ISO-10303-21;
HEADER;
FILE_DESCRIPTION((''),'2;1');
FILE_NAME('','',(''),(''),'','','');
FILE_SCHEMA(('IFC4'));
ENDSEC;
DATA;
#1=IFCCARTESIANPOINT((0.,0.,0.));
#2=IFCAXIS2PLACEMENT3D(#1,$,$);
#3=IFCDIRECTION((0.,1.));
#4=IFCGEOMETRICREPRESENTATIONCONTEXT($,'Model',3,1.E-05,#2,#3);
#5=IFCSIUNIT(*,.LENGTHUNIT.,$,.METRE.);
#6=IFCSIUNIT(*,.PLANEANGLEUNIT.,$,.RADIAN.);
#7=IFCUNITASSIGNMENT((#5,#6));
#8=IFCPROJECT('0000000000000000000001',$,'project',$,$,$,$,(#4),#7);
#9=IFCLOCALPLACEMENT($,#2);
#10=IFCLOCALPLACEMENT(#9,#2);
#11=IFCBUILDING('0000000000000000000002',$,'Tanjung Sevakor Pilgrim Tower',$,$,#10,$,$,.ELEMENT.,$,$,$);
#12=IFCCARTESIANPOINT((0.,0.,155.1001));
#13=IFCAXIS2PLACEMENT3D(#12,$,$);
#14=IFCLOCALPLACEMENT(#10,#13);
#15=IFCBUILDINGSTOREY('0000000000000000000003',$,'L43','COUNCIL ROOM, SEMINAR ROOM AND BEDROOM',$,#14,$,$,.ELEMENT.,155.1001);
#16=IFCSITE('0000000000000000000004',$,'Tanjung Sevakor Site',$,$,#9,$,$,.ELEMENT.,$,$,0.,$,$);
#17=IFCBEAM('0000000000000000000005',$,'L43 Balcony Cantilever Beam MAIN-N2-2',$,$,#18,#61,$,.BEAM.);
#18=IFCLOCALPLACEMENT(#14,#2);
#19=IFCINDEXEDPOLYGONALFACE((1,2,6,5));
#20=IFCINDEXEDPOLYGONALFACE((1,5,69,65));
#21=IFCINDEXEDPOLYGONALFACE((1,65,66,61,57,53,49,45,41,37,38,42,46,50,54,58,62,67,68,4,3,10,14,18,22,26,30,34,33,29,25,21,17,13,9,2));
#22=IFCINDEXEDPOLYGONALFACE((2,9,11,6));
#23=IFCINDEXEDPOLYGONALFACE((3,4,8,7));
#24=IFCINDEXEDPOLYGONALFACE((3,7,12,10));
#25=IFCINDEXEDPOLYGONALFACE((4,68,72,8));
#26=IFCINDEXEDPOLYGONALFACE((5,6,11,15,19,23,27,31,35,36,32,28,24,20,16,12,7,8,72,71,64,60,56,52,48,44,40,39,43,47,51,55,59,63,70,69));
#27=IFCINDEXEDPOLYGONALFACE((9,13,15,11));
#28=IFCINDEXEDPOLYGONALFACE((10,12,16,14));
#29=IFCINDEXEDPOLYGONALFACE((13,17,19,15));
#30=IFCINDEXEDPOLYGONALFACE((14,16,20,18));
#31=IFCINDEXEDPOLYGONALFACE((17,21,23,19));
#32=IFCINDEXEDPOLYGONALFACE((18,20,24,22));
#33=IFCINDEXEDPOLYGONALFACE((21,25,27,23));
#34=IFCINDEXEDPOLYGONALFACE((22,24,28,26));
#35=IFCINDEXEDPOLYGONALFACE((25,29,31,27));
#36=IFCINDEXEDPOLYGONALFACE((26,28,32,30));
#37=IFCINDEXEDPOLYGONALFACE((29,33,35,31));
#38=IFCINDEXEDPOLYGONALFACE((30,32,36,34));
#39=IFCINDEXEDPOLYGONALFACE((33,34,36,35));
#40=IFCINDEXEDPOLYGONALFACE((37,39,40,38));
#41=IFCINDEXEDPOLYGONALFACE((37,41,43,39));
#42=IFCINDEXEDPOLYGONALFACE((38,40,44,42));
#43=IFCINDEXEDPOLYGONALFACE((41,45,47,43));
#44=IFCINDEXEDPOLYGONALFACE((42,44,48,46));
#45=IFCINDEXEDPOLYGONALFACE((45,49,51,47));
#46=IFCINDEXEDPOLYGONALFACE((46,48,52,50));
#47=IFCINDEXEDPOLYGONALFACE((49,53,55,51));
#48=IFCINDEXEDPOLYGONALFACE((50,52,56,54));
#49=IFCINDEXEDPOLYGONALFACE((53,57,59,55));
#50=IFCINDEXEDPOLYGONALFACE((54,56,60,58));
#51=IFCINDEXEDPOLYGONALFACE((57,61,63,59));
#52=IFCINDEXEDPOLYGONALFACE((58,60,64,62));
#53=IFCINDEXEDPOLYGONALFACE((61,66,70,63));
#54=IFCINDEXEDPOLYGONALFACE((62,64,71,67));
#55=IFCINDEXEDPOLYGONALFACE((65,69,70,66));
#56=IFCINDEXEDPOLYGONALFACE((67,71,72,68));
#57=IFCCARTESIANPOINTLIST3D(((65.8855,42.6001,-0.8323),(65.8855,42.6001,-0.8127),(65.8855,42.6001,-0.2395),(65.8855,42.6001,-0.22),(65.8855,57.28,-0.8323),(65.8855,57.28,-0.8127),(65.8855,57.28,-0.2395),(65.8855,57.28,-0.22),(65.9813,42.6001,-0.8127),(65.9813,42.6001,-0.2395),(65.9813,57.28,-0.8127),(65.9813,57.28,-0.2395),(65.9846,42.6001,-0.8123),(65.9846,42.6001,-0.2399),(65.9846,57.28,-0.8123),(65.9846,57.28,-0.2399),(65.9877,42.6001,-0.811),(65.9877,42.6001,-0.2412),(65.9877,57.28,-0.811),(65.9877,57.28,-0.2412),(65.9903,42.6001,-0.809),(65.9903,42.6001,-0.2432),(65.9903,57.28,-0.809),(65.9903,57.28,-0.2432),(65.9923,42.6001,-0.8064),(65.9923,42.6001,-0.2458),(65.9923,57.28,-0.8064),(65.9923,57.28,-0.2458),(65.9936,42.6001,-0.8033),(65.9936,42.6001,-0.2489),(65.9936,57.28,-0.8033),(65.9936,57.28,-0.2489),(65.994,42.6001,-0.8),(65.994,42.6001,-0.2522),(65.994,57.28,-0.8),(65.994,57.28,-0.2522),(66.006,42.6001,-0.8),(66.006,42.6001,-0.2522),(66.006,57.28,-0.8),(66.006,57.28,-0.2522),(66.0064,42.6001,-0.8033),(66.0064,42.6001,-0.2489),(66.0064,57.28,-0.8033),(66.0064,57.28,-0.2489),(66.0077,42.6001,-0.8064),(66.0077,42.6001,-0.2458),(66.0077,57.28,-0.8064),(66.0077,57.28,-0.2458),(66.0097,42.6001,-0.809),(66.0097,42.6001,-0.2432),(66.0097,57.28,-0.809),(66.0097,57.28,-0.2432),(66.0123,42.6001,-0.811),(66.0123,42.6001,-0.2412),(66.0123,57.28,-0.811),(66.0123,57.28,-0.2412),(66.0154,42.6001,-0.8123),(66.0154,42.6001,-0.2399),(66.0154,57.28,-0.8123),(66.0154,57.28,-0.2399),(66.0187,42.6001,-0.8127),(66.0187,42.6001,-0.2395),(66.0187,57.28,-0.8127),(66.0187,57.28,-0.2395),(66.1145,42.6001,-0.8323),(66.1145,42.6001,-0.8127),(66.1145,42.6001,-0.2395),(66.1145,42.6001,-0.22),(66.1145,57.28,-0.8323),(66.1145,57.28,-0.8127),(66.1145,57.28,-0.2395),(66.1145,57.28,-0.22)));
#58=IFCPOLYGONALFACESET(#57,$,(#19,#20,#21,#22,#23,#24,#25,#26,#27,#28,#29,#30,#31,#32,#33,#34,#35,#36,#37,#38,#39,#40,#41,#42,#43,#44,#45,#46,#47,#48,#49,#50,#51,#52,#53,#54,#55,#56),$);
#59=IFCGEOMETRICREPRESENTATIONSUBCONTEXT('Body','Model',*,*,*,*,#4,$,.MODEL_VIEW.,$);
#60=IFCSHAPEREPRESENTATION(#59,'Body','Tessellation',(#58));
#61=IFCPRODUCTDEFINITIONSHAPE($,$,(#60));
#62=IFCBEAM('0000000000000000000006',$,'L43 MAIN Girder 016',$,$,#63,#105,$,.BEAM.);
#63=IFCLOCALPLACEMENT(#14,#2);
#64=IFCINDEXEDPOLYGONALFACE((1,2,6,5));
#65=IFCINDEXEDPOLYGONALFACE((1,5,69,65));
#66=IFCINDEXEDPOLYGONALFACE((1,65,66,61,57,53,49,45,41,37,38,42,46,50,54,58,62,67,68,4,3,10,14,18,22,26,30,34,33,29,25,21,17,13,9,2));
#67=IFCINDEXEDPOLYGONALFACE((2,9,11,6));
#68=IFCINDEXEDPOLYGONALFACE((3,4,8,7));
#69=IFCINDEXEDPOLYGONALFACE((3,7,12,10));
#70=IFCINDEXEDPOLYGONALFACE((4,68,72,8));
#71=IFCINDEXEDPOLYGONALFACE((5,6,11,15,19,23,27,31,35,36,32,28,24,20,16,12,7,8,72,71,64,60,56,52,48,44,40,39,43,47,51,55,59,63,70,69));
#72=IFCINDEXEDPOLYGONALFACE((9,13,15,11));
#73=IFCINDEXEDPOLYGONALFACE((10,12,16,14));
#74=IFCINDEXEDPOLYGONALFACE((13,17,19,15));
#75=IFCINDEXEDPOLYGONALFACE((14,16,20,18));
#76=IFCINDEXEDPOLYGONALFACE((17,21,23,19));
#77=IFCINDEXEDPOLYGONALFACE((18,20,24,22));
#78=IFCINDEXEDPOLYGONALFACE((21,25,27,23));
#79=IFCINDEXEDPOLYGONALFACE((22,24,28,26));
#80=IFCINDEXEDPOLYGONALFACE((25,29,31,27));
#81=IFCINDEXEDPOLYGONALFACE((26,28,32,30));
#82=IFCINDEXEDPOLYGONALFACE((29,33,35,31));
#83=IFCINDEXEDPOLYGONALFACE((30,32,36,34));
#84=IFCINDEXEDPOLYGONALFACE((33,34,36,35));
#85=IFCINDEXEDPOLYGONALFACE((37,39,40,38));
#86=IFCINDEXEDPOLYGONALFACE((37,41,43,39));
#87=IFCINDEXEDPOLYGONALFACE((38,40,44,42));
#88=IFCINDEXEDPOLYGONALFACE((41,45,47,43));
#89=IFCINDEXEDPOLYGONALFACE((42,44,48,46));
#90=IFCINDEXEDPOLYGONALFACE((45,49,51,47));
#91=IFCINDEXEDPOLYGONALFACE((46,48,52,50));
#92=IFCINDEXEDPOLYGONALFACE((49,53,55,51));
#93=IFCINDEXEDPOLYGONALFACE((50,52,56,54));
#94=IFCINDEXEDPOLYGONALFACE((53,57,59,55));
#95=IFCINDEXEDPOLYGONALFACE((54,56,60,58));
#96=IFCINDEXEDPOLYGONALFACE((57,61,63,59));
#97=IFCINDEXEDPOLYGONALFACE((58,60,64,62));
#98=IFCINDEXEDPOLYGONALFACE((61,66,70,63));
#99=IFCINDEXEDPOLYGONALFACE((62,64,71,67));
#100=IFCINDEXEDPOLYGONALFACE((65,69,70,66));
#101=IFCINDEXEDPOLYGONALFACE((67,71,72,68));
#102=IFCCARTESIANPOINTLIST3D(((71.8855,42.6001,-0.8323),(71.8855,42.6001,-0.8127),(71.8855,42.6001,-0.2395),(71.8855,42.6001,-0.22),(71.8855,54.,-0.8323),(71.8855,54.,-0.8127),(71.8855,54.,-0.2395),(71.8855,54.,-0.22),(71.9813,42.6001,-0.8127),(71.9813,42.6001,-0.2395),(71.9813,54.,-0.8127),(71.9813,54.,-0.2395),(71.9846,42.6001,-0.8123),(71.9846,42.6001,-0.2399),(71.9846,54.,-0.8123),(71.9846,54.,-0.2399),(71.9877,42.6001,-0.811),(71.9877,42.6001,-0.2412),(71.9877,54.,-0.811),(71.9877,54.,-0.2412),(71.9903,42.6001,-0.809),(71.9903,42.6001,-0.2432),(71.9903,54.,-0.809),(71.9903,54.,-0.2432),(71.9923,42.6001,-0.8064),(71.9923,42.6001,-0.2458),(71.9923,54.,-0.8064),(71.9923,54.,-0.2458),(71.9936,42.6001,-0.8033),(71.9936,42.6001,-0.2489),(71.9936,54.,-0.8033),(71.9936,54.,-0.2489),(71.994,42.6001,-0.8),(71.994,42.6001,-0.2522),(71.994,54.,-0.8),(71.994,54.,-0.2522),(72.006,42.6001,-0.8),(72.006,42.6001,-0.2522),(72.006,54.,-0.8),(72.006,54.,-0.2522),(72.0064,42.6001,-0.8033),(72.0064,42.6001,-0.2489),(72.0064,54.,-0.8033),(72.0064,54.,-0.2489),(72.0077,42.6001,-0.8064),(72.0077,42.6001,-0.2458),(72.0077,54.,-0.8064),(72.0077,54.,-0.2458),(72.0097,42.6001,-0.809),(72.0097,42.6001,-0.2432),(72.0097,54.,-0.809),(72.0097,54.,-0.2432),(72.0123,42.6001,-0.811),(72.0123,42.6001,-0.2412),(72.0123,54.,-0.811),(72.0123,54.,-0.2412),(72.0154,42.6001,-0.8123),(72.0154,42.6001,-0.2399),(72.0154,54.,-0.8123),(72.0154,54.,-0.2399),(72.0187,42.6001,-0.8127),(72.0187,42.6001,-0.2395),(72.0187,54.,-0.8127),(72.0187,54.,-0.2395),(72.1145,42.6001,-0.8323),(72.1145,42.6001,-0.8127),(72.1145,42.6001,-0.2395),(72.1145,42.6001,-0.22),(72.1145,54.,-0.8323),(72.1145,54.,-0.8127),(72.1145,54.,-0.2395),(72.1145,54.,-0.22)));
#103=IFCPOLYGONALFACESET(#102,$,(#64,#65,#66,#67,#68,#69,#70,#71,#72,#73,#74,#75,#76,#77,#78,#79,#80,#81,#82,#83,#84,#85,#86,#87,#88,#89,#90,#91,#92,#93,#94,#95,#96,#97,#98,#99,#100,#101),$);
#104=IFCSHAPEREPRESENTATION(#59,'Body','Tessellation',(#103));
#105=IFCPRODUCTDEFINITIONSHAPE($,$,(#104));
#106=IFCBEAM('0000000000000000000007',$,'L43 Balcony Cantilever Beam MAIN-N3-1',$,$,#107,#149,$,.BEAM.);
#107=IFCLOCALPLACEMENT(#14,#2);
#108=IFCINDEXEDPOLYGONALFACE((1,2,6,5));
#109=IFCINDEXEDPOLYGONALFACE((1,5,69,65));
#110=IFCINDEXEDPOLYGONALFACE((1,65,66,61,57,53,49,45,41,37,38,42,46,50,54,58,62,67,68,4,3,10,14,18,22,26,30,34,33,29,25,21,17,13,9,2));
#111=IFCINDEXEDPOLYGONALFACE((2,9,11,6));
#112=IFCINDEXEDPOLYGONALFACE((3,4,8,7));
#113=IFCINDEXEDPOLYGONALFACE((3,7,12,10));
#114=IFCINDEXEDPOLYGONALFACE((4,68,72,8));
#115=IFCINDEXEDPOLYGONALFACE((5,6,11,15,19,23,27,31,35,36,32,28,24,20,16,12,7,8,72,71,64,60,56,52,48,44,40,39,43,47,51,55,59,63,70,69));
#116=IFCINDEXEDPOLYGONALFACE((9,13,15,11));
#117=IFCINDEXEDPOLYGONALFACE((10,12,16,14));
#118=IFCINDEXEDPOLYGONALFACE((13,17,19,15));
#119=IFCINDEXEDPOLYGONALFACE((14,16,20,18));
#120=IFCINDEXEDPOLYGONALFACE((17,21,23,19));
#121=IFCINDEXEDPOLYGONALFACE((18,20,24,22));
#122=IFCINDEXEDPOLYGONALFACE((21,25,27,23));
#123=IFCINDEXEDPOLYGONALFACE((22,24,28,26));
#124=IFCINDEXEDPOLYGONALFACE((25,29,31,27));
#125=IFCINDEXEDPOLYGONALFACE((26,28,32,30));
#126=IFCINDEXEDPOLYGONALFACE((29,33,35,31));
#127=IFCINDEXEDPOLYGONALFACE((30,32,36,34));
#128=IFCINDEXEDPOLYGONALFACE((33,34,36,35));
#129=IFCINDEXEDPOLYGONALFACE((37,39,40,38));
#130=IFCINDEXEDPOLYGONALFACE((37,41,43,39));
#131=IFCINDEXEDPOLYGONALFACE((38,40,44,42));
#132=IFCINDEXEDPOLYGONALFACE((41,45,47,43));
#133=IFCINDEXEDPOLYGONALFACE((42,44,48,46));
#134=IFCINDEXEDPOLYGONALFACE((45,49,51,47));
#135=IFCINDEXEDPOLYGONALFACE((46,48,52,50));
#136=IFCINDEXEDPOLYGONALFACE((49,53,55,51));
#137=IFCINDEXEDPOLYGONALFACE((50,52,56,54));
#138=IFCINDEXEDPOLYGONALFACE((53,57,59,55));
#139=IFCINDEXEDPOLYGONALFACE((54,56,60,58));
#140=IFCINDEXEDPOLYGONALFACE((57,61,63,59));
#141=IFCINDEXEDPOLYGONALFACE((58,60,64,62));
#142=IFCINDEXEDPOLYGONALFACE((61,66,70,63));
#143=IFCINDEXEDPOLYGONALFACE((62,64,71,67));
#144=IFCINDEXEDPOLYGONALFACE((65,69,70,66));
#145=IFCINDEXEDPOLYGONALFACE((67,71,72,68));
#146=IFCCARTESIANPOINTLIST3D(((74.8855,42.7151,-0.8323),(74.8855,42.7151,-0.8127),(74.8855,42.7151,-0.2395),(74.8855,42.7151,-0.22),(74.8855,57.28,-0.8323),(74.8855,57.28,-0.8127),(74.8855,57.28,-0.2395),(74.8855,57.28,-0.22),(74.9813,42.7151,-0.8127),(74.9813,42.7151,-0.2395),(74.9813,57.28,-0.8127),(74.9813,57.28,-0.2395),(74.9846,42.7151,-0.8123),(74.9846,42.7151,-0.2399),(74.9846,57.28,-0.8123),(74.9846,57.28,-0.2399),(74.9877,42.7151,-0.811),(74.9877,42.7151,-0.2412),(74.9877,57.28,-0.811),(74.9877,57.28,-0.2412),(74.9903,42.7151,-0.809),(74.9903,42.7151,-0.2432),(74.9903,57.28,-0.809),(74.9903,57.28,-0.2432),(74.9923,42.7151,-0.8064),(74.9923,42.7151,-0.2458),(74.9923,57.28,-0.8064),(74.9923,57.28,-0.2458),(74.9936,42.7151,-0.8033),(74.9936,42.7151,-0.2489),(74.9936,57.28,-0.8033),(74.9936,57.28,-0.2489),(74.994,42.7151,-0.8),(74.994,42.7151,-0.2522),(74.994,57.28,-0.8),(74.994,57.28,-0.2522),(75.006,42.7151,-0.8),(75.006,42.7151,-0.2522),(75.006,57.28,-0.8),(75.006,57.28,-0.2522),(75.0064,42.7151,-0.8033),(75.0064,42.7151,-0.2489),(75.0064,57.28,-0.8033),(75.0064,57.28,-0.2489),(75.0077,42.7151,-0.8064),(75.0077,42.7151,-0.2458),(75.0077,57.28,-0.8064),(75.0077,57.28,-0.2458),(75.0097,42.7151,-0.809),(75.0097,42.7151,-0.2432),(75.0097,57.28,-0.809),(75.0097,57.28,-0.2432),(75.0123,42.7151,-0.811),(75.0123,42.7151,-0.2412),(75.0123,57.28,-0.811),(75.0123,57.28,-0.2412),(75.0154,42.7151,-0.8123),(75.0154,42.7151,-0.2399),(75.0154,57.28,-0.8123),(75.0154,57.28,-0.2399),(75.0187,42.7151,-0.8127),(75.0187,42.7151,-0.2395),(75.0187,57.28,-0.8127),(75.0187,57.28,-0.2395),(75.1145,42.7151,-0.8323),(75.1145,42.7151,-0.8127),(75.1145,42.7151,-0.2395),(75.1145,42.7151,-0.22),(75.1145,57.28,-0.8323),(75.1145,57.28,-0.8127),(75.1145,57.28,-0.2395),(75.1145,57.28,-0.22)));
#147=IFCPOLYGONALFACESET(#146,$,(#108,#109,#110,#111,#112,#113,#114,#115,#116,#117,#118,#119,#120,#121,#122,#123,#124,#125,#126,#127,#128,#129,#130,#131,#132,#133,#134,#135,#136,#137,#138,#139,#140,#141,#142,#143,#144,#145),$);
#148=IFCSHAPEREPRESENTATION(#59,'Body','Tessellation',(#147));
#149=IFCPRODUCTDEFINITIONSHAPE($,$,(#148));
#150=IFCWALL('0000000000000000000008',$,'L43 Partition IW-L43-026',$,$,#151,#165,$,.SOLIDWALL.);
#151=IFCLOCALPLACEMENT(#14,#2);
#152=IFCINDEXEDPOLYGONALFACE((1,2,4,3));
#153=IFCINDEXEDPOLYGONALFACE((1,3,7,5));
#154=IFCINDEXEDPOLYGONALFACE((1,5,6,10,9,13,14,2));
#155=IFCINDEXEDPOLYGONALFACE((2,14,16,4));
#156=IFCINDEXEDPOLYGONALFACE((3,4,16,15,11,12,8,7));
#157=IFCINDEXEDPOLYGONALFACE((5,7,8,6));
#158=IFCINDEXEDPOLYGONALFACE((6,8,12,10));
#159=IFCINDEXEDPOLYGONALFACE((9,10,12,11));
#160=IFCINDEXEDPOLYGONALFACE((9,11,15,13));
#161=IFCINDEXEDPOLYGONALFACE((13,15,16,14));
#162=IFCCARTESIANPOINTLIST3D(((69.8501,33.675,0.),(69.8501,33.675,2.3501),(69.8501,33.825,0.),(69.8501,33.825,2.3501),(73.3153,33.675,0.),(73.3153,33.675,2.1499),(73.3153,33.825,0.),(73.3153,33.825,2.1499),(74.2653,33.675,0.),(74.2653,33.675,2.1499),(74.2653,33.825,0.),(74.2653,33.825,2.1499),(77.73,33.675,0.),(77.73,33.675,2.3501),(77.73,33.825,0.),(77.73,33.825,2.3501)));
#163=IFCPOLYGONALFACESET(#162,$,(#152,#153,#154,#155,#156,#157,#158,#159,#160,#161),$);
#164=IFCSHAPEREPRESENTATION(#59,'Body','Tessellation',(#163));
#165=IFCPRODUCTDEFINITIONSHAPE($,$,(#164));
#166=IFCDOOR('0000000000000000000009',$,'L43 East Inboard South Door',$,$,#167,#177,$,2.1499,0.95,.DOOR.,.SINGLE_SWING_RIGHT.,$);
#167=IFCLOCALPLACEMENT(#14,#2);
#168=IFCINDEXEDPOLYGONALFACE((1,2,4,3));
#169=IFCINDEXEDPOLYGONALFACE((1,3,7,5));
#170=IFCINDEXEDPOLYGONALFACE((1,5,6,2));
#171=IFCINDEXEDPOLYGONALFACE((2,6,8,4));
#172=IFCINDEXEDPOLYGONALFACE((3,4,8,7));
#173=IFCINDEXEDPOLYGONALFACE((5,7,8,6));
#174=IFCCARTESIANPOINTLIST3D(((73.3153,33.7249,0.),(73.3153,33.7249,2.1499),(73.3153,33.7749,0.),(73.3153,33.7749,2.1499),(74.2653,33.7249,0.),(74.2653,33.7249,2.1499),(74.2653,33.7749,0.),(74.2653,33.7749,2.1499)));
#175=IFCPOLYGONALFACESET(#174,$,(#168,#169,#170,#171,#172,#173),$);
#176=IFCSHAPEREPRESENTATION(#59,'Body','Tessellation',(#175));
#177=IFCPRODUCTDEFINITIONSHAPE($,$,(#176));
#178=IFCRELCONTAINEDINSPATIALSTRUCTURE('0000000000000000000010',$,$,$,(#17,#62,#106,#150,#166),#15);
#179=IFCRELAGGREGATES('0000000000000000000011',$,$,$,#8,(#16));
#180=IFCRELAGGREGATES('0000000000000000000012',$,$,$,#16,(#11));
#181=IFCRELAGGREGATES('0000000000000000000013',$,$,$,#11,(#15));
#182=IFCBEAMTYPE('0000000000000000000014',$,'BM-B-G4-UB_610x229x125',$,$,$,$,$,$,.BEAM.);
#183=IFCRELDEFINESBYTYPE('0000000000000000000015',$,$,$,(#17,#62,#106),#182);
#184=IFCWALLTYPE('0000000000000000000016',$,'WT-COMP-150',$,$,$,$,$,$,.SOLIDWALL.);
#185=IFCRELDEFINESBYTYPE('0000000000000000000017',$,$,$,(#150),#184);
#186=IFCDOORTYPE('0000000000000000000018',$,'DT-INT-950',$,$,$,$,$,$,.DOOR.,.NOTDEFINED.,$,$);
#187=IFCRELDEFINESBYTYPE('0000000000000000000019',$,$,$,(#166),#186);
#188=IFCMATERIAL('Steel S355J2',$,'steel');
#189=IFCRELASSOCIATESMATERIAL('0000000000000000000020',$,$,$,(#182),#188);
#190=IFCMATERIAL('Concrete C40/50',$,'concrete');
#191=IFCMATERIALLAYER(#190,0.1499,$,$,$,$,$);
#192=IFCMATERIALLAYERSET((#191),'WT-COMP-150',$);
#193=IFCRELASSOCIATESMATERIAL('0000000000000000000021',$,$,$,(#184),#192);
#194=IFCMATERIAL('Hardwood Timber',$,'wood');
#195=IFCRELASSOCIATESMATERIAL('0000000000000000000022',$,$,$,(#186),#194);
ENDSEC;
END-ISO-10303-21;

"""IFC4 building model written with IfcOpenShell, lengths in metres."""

from ifc_helpers import new_model, si_unit, direction, frame, frame_2d, origin, origin_2d, place, context, subcontext, project, spatial, rectangle, i_section, extrude, material, layer, layer_set, material_profile, profile_set, type_object, element, fill, save


model = new_model("IFC4")

# Units and contexts
model_context = context("Model", 3, precision=1e-05, world=origin(), true_north=direction((0.0, 1.0)))
body_context = subcontext(model_context, "Body", "Model", "MODEL_VIEW")
ifc_project = project(units=[si_unit("LENGTHUNIT", "METRE"), si_unit("PLANEANGLEUNIT", "RADIAN")], contexts=[model_context])

# Site, building, storey
site_placement = place(None, origin())
site = spatial("IfcSite", under=ifc_project, at=site_placement, Name="Tanjung Sevakor Site", CompositionType="ELEMENT", RefElevation=0.0)
building_placement = place(site_placement, origin())
building = spatial("IfcBuilding", under=site, at=building_placement, Name="Tanjung Sevakor Pilgrim Tower", CompositionType="ELEMENT")
storey_placement = place(building_placement, frame((0.0, 0.0, 155.1001)))
storey = spatial("IfcBuildingStorey", under=building, at=storey_placement, Name="L43", Description="COUNCIL ROOM, SEMINAR ROOM AND BEDROOM", CompositionType="ELEMENT", Elevation=155.1001)

# Beams
ifc_material_1 = material(Name="Steel S355J2", Category="steel")
ifc_material_profile_1 = material_profile(ifc_material_1, i_section(OverallWidth=0.229, OverallDepth=0.6123, WebThickness=0.012, FlangeThickness=0.0195, FilletRadius=0.0127, at=origin_2d()))
ifc_profile_set_1 = profile_set([ifc_material_profile_1], Name="Steel S355J2")
beam_type_1 = type_object("IfcBeamType", Name="BM-B-G4-UB_610x229x125", PredefinedType="BEAM", material=ifc_profile_set_1)
beam_1_placement = place(storey_placement, frame((66.0, 42.6001, -0.5261), z_axis=(0.0, 1.0, 0.0), x_axis=(-1.0, 0.0, 0.0)))
element("IfcBeam", 1, at=beam_1_placement, inside=storey, type_object=beam_type_1, Name="L43 Balcony Cantilever Beam MAIN-N2-2", PredefinedType="BEAM", context=body_context, shape_type="SweptSolid", body=[
    extrude(i_section(OverallWidth=0.229, OverallDepth=0.6123, WebThickness=0.012, FlangeThickness=0.0195, FilletRadius=0.0127, at=origin_2d()), origin(), (0.0, 0.0, 1.0), 14.6799),
])
beam_2_placement = place(storey_placement, frame((72.0, 42.6001, -0.5261), z_axis=(0.0, 1.0, 0.0), x_axis=(-1.0, 0.0, 0.0)))
element("IfcBeam", 2, at=beam_2_placement, inside=storey, type_object=beam_type_1, Name="L43 MAIN Girder 016", PredefinedType="BEAM", context=body_context, shape_type="SweptSolid", body=[
    extrude(i_section(OverallWidth=0.229, OverallDepth=0.6123, WebThickness=0.012, FlangeThickness=0.0195, FilletRadius=0.0127, at=origin_2d()), origin(), (0.0, 0.0, 1.0), 11.3999),
])
beam_3_placement = place(storey_placement, frame((75.0, 42.7151, -0.5261), z_axis=(0.0, 1.0, 0.0), x_axis=(-1.0, 0.0, 0.0)))
element("IfcBeam", 3, at=beam_3_placement, inside=storey, type_object=beam_type_1, Name="L43 Balcony Cantilever Beam MAIN-N3-1", PredefinedType="BEAM", context=body_context, shape_type="SweptSolid", body=[
    extrude(i_section(OverallWidth=0.229, OverallDepth=0.6123, WebThickness=0.012, FlangeThickness=0.0195, FilletRadius=0.0127, at=origin_2d()), origin(), (0.0, 0.0, 1.0), 14.5649),
])

# Wall, opening, door
ifc_material_2 = material(Name="Concrete C40/50", Category="concrete")
ifc_layer = layer(ifc_material_2, 0.1499)
ifc_layer_set = layer_set([ifc_layer], Name="WT-COMP-150")
wall_type = type_object("IfcWallType", Name="WT-COMP-150", PredefinedType="SOLIDWALL", material=ifc_layer_set)
wall_1_placement = place(storey_placement, frame((69.8501, 33.75, 0.0), z_axis=(0.0, 0.0, 1.0), x_axis=(1.0, 0.0, 0.0)))
wall_1 = element("IfcWall", 4, at=wall_1_placement, inside=storey, type_object=wall_type, Name="L43 Partition IW-L43-026", PredefinedType="SOLIDWALL", context=body_context, shape_type="SweptSolid", body=[
    extrude(rectangle(XDim=7.8799, YDim=0.1499, at=frame_2d((3.9399, 0.0))), origin(), (0.0, 0.0, 1.0), 2.3501),
])
opening_1_placement = place(wall_1_placement, frame((3.4651, 0.0, 0.0)))
opening_1 = element("IfcOpeningElement", 5, at=opening_1_placement, cuts=wall_1, PredefinedType="OPENING", context=body_context, shape_type="SweptSolid", body=[
    extrude(rectangle(XDim=0.95, YDim=2.1499, at=frame_2d((0.4751, 1.075))), frame((0.0, 0.085, 0.0), z_axis=(0.0, -1.0, 0.0), x_axis=(1.0, 0.0, 0.0)), (0.0, 0.0, 1.0), 0.1699),
])
ifc_material_3 = material(Name="Hardwood Timber", Category="wood")
door_type_1 = type_object("IfcDoorType", Name="DT-INT-950", OperationType="NOTDEFINED", PredefinedType="DOOR", material=ifc_material_3)
door_1_placement = place(opening_1_placement, origin())
door_1 = element("IfcDoor", 6, at=door_1_placement, inside=storey, type_object=door_type_1, Name="L43 East Inboard South Door", OperationType="SINGLE_SWING_RIGHT", OverallHeight=2.1499, OverallWidth=0.95, PredefinedType="DOOR", context=body_context, shape_type="SweptSolid", body=[
    extrude(rectangle(XDim=0.95, YDim=2.1499, at=frame_2d((0.4751, 1.075))), frame((0.0, 0.0249, 0.0), z_axis=(0.0, -1.0, 0.0), x_axis=(1.0, 0.0, 0.0)), (0.0, 0.0, 1.0), 0.05),
])
fill(opening_1, door_1)

save(model, "model.ifc")
